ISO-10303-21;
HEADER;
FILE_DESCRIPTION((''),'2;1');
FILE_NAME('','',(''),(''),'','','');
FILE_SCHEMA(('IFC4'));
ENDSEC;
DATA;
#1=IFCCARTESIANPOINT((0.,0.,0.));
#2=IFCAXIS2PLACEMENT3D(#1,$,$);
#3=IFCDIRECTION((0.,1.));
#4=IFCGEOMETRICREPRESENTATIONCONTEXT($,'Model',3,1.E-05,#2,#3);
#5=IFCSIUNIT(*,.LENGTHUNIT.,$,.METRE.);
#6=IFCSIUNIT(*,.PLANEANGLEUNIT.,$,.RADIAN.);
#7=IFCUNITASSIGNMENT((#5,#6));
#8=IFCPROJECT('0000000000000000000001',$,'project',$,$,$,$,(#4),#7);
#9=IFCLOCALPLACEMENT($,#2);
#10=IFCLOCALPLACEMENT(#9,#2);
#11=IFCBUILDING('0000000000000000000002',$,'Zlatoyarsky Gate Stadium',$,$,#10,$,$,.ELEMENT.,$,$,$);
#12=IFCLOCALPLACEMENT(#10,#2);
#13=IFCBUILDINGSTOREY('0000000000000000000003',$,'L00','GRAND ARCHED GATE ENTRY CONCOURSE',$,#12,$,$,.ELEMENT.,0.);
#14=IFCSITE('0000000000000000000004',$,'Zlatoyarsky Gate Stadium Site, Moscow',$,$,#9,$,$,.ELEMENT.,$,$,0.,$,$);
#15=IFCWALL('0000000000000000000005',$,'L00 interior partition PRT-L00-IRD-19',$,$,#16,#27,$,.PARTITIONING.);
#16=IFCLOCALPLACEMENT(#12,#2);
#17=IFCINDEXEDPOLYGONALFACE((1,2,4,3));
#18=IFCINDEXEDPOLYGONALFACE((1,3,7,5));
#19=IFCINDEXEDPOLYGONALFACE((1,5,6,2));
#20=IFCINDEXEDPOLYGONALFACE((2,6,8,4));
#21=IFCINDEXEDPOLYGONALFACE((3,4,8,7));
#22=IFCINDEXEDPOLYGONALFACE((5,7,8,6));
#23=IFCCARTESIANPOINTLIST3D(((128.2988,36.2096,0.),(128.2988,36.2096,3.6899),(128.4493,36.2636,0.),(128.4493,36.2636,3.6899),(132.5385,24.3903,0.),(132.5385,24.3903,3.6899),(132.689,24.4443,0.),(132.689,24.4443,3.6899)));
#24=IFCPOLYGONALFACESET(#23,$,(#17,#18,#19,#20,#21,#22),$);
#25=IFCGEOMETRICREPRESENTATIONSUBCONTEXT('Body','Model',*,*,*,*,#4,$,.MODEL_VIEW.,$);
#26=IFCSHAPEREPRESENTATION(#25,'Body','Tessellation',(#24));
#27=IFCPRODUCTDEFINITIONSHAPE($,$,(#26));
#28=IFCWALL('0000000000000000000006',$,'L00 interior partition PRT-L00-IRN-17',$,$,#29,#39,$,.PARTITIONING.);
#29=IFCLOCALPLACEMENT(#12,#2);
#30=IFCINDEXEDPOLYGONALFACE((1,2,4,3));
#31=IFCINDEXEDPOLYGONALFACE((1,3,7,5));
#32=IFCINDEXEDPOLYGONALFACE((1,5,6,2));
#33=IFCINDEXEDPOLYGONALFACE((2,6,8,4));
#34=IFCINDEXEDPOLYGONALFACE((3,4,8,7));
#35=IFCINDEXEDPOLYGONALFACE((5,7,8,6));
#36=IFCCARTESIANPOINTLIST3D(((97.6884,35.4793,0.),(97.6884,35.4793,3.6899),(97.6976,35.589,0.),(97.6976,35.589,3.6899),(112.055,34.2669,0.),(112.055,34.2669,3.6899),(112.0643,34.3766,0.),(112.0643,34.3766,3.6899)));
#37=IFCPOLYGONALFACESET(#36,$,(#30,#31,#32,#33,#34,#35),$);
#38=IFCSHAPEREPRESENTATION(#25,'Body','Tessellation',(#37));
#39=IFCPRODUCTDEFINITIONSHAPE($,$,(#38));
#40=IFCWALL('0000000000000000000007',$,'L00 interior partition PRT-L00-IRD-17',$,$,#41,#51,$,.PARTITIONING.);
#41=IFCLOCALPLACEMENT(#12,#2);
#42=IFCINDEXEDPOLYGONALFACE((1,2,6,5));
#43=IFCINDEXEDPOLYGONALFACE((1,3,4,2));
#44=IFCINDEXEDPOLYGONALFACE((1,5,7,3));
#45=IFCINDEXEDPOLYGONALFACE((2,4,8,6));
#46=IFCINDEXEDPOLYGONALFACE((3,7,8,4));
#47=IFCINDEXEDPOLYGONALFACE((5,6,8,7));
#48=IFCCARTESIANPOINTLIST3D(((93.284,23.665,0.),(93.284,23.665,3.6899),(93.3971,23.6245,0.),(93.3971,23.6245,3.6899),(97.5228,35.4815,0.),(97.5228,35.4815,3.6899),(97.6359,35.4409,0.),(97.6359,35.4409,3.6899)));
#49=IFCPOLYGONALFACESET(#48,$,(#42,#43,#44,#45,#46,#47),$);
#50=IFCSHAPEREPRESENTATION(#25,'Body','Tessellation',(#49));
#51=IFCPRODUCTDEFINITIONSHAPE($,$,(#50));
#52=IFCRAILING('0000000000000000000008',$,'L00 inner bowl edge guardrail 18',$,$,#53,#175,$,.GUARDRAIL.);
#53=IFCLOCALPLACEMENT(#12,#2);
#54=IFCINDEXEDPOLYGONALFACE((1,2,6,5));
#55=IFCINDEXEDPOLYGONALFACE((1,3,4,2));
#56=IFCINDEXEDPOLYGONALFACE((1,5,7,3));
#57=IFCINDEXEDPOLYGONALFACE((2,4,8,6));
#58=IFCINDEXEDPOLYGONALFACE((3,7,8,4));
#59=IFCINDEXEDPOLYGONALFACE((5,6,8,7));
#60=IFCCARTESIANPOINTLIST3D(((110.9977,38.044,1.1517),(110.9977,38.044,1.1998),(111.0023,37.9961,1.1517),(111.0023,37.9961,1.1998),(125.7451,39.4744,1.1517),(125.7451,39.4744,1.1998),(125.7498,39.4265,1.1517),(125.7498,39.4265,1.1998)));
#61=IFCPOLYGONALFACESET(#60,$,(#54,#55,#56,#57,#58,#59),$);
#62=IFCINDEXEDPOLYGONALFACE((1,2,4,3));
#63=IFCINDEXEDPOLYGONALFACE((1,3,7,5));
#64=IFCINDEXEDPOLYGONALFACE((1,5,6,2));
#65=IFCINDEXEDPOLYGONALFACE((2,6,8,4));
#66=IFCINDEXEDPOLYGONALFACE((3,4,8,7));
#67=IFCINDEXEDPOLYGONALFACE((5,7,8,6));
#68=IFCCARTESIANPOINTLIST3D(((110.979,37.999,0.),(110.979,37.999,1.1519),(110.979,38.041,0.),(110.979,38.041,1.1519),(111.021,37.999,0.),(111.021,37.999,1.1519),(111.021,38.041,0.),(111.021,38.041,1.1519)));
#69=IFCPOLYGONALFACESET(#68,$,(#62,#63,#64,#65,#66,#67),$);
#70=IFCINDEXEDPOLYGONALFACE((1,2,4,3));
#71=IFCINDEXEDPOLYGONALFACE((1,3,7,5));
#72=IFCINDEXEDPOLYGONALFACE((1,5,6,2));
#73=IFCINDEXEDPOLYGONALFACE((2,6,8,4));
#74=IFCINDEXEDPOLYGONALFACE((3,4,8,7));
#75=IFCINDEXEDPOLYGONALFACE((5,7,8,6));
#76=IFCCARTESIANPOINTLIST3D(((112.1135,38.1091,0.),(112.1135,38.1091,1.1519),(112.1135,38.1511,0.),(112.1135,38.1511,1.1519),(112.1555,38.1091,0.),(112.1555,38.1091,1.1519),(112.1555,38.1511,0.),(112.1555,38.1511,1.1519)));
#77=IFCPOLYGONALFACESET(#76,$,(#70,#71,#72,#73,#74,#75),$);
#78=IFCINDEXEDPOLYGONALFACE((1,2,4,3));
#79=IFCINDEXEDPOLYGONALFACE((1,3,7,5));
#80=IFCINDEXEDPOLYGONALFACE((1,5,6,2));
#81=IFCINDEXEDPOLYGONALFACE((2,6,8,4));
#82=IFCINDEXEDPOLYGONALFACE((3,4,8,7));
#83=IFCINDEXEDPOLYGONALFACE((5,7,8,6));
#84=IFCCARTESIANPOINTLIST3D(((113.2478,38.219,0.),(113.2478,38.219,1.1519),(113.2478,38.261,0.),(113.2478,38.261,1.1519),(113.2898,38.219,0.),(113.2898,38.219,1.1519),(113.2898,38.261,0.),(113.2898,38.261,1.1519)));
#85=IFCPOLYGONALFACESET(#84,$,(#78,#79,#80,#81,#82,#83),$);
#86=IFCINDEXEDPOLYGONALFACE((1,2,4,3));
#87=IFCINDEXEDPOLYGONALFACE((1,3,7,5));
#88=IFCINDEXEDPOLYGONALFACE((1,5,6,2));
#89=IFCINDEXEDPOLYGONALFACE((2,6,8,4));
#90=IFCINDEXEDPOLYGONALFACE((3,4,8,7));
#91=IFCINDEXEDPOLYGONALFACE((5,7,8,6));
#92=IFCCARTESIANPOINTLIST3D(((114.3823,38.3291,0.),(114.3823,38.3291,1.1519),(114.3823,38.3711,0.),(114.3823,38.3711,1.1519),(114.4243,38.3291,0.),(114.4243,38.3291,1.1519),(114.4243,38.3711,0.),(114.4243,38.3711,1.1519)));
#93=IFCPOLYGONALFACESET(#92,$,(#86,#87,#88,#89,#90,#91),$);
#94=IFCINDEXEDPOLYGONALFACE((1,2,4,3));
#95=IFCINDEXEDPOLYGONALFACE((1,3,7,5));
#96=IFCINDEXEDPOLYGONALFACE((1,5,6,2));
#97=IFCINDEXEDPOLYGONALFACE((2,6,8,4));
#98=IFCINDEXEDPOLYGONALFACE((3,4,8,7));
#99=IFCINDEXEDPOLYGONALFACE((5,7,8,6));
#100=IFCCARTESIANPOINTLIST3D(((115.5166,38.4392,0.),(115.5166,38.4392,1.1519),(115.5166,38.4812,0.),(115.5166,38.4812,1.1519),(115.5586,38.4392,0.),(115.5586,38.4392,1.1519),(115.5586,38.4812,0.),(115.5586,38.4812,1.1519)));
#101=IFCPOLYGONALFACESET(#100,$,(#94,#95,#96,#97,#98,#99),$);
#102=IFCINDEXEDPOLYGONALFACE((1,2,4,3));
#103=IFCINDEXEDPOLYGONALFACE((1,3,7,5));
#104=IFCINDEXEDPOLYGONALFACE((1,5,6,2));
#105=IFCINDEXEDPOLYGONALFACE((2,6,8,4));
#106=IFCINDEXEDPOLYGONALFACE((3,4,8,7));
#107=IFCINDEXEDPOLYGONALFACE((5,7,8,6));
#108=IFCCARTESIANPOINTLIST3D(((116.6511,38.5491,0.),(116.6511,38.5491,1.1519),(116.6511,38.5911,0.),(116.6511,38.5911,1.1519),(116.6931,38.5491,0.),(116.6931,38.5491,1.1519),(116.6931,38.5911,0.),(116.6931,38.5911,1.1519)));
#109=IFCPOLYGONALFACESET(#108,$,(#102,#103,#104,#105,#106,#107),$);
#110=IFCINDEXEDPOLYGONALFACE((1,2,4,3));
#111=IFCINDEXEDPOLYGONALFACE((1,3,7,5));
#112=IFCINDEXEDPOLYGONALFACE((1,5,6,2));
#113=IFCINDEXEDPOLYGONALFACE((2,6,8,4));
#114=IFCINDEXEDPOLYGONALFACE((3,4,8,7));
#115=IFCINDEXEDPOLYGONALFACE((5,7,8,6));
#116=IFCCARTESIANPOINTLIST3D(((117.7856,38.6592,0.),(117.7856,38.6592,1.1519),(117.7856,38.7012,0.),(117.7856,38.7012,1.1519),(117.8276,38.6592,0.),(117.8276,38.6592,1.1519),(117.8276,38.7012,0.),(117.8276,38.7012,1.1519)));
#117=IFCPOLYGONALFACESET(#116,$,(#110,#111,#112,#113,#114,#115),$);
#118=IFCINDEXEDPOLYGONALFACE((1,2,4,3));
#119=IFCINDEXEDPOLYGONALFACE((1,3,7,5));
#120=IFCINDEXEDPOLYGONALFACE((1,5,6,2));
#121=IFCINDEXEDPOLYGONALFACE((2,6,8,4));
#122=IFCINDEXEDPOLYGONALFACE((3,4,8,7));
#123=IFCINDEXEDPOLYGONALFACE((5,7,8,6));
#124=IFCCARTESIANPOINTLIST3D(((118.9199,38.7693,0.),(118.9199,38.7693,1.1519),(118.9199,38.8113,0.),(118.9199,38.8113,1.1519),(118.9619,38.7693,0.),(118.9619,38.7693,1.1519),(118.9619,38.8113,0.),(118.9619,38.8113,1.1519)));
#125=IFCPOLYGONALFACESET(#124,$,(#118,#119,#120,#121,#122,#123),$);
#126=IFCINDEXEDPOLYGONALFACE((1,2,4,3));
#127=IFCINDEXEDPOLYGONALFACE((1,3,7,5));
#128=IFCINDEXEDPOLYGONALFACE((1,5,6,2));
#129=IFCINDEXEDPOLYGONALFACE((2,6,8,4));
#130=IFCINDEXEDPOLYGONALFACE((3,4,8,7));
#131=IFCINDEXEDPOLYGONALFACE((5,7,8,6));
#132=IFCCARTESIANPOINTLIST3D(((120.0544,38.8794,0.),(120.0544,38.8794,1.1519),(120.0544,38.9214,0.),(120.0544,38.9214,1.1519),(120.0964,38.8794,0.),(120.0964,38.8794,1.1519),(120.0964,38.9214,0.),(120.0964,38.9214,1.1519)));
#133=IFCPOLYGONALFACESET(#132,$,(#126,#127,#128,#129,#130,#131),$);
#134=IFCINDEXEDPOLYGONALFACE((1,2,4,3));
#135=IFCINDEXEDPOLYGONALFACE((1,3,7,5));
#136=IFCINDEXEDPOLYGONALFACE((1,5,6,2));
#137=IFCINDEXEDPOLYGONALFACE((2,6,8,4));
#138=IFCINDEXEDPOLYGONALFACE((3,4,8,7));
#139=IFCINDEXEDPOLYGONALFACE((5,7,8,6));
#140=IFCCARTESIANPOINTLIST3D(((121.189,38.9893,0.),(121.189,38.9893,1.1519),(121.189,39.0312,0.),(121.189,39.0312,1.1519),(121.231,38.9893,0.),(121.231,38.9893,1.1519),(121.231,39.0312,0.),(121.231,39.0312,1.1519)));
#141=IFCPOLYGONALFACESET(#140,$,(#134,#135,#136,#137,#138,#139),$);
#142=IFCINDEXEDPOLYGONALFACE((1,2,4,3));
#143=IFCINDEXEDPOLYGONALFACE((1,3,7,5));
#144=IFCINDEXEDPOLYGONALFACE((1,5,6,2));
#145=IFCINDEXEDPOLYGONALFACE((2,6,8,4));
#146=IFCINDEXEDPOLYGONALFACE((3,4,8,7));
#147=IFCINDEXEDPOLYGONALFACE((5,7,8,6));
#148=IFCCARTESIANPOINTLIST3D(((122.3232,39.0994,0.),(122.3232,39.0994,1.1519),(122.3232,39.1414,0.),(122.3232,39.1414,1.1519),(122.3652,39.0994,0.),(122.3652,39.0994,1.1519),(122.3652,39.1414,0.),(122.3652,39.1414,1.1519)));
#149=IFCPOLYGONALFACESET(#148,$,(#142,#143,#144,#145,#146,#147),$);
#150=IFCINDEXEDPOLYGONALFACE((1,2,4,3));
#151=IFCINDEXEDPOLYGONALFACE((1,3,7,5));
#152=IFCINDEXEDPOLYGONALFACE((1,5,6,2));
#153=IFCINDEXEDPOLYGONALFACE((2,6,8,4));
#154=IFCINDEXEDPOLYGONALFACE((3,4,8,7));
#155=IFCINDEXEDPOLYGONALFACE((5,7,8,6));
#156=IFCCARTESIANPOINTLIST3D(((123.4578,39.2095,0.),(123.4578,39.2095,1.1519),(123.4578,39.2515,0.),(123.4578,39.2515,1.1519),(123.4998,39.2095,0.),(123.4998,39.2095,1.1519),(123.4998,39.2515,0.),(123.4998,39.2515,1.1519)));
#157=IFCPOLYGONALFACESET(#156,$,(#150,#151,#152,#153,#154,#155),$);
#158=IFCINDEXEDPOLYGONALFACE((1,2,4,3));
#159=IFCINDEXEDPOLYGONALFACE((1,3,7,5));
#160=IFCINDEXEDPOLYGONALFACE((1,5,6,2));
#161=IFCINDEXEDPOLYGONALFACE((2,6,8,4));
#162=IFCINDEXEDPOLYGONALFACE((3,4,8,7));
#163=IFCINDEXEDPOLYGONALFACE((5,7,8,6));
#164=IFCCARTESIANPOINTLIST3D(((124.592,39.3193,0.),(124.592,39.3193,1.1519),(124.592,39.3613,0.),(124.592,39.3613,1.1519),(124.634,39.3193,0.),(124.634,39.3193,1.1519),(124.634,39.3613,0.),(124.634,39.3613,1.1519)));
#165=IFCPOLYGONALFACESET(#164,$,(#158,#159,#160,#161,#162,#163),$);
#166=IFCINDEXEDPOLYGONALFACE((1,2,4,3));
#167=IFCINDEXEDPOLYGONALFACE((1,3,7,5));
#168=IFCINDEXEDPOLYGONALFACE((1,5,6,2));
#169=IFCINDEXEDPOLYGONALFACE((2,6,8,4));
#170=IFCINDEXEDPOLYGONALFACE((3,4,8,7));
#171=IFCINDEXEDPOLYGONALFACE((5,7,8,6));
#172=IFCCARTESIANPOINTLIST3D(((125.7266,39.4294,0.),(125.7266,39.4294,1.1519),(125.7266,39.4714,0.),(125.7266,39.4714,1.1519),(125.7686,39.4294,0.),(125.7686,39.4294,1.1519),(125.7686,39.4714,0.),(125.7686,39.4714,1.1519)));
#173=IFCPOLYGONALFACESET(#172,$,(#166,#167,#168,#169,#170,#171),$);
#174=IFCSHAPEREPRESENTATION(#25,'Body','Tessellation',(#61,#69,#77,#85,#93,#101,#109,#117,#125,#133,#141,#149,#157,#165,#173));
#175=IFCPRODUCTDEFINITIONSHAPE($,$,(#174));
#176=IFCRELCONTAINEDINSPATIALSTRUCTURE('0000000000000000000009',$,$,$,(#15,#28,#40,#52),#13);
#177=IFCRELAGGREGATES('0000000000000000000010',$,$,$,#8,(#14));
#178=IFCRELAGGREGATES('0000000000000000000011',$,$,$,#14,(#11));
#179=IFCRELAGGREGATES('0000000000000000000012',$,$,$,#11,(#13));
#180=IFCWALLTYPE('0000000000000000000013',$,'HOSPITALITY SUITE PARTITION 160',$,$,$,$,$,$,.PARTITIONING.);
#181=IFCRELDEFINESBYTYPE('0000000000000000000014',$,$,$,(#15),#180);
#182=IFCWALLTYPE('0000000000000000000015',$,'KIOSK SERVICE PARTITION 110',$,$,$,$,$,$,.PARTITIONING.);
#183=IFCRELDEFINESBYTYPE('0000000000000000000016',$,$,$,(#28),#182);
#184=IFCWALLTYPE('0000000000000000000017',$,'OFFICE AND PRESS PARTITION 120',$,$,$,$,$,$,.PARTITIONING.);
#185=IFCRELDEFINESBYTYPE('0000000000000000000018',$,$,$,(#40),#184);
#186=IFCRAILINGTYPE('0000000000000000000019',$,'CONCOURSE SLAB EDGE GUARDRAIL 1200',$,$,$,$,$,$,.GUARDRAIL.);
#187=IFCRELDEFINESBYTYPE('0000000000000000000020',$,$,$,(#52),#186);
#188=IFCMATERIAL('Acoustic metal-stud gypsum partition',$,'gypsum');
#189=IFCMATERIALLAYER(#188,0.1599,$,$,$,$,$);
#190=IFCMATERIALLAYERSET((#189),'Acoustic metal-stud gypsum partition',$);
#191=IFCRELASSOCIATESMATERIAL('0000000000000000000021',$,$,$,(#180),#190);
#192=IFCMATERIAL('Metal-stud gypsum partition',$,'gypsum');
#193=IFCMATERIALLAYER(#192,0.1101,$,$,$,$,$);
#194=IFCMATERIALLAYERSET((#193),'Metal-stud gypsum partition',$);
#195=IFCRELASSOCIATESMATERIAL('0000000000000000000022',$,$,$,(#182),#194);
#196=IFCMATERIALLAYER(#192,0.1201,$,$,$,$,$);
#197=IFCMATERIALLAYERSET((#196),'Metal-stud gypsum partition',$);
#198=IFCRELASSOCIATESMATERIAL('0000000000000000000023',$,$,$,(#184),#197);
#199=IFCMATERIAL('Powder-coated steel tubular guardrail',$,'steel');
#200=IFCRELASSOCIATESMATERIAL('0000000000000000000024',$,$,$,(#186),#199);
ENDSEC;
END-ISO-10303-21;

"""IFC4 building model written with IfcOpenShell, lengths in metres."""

from ifc_helpers import new_model, si_unit, direction, frame, frame_2d, origin, origin_2d, place, context, subcontext, project, spatial, rectangle, extrude, material, layer, layer_set, type_object, element, save


model = new_model("IFC4")

# Units and contexts
model_context = context("Model", 3, precision=1e-05, world=origin(), true_north=direction((0.0, 1.0)))
body_context = subcontext(model_context, "Body", "Model", "MODEL_VIEW")
ifc_project = project(units=[si_unit("LENGTHUNIT", "METRE"), si_unit("PLANEANGLEUNIT", "RADIAN")], contexts=[model_context])

# Site, building, storey
site_placement = place(None, origin())
site = spatial("IfcSite", under=ifc_project, at=site_placement, Name="Zlatoyarsky Gate Stadium Site, Moscow", CompositionType="ELEMENT", RefElevation=0.0)
building_placement = place(site_placement, origin())
building = spatial("IfcBuilding", under=site, at=building_placement, Name="Zlatoyarsky Gate Stadium", CompositionType="ELEMENT")
storey_placement = place(building_placement, origin())
storey = spatial("IfcBuildingStorey", under=building, at=storey_placement, Name="L00", Description="GRAND ARCHED GATE ENTRY CONCOURSE", CompositionType="ELEMENT", Elevation=0.0)

# Walls
ifc_material_1 = material(Name="Metal-stud gypsum partition", Category="gypsum")
ifc_material_2 = material(Name="Acoustic metal-stud gypsum partition", Category="gypsum")
ifc_layer_1 = layer(ifc_material_2, 0.1599)
ifc_layer_set_1 = layer_set([ifc_layer_1], Name="Acoustic metal-stud gypsum partition")
wall_type_1 = type_object("IfcWallType", Name="HOSPITALITY SUITE PARTITION 160", PredefinedType="PARTITIONING", material=ifc_layer_set_1)
wall_1_placement = place(storey_placement, frame((128.374, 36.2366, 0.0), z_axis=(0.0, 0.0, 1.0), x_axis=(0.337647, -0.941273, 0.0)))
element("IfcWall", 1, at=wall_1_placement, inside=storey, type_object=wall_type_1, Name="L00 interior partition PRT-L00-IRD-19", PredefinedType="PARTITIONING", context=body_context, shape_type="SweptSolid", body=[
    extrude(rectangle(XDim=12.5566, YDim=0.1599, at=frame_2d((6.2783, 0.0))), origin(), (0.0, 0.0, 1.0), 3.6899),
])
ifc_layer_2 = layer(ifc_material_1, 0.1101)
ifc_layer_set_2 = layer_set([ifc_layer_2], Name="Metal-stud gypsum partition")
wall_type_2 = type_object("IfcWallType", Name="KIOSK SERVICE PARTITION 110", PredefinedType="PARTITIONING", material=ifc_layer_set_2)
wall_2_placement = place(storey_placement, frame((97.6929, 35.5342, 0.0), z_axis=(0.0, 0.0, 1.0), x_axis=(0.996458, -0.084091, 0.0)))
element("IfcWall", 2, at=wall_2_placement, inside=storey, type_object=wall_type_2, Name="L00 interior partition PRT-L00-IRN-17", PredefinedType="PARTITIONING", context=body_context, shape_type="SweptSolid", body=[
    extrude(rectangle(XDim=14.4177, YDim=0.1101, at=frame_2d((7.209, 0.0))), origin(), (0.0, 0.0, 1.0), 3.6899),
])
ifc_layer_3 = layer(ifc_material_1, 0.1201)
ifc_layer_set_3 = layer_set([ifc_layer_3], Name="Metal-stud gypsum partition")
wall_type_3 = type_object("IfcWallType", Name="OFFICE AND PRESS PARTITION 120", PredefinedType="PARTITIONING", material=ifc_layer_set_3)
wall_3_placement = place(storey_placement, frame((97.5793, 35.4612, 0.0), z_axis=(0.0, 0.0, 1.0), x_axis=(-0.337652, -0.941271, 0.0)))
element("IfcWall", 3, at=wall_3_placement, inside=storey, type_object=wall_type_3, Name="L00 interior partition PRT-L00-IRD-17", PredefinedType="PARTITIONING", context=body_context, shape_type="SweptSolid", body=[
    extrude(rectangle(XDim=12.5537, YDim=0.1201, at=frame_2d((6.2769, 0.0))), origin(), (0.0, 0.0, 1.0), 3.6899),
])

# Railing
ifc_material_3 = material(Name="Powder-coated steel tubular guardrail", Category="steel")
railing_type = type_object("IfcRailingType", Name="CONCOURSE SLAB EDGE GUARDRAIL 1200", PredefinedType="GUARDRAIL", material=ifc_material_3)
railing_1_placement = place(storey_placement, frame((111.0, 38.02, 0.0)))
element("IfcRailing", 4, at=railing_1_placement, inside=storey, type_object=railing_type, Name="L00 inner bowl edge guardrail 18", PredefinedType="GUARDRAIL", context=body_context, shape_type="SweptSolid", body=[
    extrude(rectangle(XDim=0.0481, YDim=0.0481, at=origin_2d()), frame((0.0, 0.0, 1.1758), z_axis=(0.995329, 0.096541, 0.0), x_axis=(-0.096541, 0.995329, 0.0)), (0.0, 0.0, 1.0), 14.8167),
    extrude(rectangle(XDim=0.042, YDim=0.042, at=origin_2d()), origin(), (0.0, 0.0, 1.0), 1.1519),
    extrude(rectangle(XDim=0.042, YDim=0.042, at=origin_2d()), frame((1.1345, 0.1101, 0.0)), (0.0, 0.0, 1.0), 1.1519),
    extrude(rectangle(XDim=0.042, YDim=0.042, at=origin_2d()), frame((2.2688, 0.22, 0.0)), (0.0, 0.0, 1.0), 1.1519),
    extrude(rectangle(XDim=0.042, YDim=0.042, at=origin_2d()), frame((3.4033, 0.3301, 0.0)), (0.0, 0.0, 1.0), 1.1519),
    extrude(rectangle(XDim=0.042, YDim=0.042, at=origin_2d()), frame((4.5376, 0.4402, 0.0)), (0.0, 0.0, 1.0), 1.1519),
    extrude(rectangle(XDim=0.042, YDim=0.042, at=origin_2d()), frame((5.6721, 0.55, 0.0)), (0.0, 0.0, 1.0), 1.1519),
    extrude(rectangle(XDim=0.042, YDim=0.042, at=origin_2d()), frame((6.8066, 0.6602, 0.0)), (0.0, 0.0, 1.0), 1.1519),
    extrude(rectangle(XDim=0.042, YDim=0.042, at=origin_2d()), frame((7.9409, 0.7703, 0.0)), (0.0, 0.0, 1.0), 1.1519),
    extrude(rectangle(XDim=0.042, YDim=0.042, at=origin_2d()), frame((9.0754, 0.8804, 0.0)), (0.0, 0.0, 1.0), 1.1519),
    extrude(rectangle(XDim=0.042, YDim=0.042, at=origin_2d()), frame((10.21, 0.9902, 0.0)), (0.0, 0.0, 1.0), 1.1519),
    extrude(rectangle(XDim=0.042, YDim=0.042, at=origin_2d()), frame((11.3442, 1.1003, 0.0)), (0.0, 0.0, 1.0), 1.1519),
    extrude(rectangle(XDim=0.042, YDim=0.042, at=origin_2d()), frame((12.4788, 1.2104, 0.0)), (0.0, 0.0, 1.0), 1.1519),
    extrude(rectangle(XDim=0.042, YDim=0.042, at=origin_2d()), frame((13.613, 1.3203, 0.0)), (0.0, 0.0, 1.0), 1.1519),
    extrude(rectangle(XDim=0.042, YDim=0.042, at=origin_2d()), frame((14.7476, 1.4304, 0.0)), (0.0, 0.0, 1.0), 1.1519),
])

save(model, "model.ifc")
